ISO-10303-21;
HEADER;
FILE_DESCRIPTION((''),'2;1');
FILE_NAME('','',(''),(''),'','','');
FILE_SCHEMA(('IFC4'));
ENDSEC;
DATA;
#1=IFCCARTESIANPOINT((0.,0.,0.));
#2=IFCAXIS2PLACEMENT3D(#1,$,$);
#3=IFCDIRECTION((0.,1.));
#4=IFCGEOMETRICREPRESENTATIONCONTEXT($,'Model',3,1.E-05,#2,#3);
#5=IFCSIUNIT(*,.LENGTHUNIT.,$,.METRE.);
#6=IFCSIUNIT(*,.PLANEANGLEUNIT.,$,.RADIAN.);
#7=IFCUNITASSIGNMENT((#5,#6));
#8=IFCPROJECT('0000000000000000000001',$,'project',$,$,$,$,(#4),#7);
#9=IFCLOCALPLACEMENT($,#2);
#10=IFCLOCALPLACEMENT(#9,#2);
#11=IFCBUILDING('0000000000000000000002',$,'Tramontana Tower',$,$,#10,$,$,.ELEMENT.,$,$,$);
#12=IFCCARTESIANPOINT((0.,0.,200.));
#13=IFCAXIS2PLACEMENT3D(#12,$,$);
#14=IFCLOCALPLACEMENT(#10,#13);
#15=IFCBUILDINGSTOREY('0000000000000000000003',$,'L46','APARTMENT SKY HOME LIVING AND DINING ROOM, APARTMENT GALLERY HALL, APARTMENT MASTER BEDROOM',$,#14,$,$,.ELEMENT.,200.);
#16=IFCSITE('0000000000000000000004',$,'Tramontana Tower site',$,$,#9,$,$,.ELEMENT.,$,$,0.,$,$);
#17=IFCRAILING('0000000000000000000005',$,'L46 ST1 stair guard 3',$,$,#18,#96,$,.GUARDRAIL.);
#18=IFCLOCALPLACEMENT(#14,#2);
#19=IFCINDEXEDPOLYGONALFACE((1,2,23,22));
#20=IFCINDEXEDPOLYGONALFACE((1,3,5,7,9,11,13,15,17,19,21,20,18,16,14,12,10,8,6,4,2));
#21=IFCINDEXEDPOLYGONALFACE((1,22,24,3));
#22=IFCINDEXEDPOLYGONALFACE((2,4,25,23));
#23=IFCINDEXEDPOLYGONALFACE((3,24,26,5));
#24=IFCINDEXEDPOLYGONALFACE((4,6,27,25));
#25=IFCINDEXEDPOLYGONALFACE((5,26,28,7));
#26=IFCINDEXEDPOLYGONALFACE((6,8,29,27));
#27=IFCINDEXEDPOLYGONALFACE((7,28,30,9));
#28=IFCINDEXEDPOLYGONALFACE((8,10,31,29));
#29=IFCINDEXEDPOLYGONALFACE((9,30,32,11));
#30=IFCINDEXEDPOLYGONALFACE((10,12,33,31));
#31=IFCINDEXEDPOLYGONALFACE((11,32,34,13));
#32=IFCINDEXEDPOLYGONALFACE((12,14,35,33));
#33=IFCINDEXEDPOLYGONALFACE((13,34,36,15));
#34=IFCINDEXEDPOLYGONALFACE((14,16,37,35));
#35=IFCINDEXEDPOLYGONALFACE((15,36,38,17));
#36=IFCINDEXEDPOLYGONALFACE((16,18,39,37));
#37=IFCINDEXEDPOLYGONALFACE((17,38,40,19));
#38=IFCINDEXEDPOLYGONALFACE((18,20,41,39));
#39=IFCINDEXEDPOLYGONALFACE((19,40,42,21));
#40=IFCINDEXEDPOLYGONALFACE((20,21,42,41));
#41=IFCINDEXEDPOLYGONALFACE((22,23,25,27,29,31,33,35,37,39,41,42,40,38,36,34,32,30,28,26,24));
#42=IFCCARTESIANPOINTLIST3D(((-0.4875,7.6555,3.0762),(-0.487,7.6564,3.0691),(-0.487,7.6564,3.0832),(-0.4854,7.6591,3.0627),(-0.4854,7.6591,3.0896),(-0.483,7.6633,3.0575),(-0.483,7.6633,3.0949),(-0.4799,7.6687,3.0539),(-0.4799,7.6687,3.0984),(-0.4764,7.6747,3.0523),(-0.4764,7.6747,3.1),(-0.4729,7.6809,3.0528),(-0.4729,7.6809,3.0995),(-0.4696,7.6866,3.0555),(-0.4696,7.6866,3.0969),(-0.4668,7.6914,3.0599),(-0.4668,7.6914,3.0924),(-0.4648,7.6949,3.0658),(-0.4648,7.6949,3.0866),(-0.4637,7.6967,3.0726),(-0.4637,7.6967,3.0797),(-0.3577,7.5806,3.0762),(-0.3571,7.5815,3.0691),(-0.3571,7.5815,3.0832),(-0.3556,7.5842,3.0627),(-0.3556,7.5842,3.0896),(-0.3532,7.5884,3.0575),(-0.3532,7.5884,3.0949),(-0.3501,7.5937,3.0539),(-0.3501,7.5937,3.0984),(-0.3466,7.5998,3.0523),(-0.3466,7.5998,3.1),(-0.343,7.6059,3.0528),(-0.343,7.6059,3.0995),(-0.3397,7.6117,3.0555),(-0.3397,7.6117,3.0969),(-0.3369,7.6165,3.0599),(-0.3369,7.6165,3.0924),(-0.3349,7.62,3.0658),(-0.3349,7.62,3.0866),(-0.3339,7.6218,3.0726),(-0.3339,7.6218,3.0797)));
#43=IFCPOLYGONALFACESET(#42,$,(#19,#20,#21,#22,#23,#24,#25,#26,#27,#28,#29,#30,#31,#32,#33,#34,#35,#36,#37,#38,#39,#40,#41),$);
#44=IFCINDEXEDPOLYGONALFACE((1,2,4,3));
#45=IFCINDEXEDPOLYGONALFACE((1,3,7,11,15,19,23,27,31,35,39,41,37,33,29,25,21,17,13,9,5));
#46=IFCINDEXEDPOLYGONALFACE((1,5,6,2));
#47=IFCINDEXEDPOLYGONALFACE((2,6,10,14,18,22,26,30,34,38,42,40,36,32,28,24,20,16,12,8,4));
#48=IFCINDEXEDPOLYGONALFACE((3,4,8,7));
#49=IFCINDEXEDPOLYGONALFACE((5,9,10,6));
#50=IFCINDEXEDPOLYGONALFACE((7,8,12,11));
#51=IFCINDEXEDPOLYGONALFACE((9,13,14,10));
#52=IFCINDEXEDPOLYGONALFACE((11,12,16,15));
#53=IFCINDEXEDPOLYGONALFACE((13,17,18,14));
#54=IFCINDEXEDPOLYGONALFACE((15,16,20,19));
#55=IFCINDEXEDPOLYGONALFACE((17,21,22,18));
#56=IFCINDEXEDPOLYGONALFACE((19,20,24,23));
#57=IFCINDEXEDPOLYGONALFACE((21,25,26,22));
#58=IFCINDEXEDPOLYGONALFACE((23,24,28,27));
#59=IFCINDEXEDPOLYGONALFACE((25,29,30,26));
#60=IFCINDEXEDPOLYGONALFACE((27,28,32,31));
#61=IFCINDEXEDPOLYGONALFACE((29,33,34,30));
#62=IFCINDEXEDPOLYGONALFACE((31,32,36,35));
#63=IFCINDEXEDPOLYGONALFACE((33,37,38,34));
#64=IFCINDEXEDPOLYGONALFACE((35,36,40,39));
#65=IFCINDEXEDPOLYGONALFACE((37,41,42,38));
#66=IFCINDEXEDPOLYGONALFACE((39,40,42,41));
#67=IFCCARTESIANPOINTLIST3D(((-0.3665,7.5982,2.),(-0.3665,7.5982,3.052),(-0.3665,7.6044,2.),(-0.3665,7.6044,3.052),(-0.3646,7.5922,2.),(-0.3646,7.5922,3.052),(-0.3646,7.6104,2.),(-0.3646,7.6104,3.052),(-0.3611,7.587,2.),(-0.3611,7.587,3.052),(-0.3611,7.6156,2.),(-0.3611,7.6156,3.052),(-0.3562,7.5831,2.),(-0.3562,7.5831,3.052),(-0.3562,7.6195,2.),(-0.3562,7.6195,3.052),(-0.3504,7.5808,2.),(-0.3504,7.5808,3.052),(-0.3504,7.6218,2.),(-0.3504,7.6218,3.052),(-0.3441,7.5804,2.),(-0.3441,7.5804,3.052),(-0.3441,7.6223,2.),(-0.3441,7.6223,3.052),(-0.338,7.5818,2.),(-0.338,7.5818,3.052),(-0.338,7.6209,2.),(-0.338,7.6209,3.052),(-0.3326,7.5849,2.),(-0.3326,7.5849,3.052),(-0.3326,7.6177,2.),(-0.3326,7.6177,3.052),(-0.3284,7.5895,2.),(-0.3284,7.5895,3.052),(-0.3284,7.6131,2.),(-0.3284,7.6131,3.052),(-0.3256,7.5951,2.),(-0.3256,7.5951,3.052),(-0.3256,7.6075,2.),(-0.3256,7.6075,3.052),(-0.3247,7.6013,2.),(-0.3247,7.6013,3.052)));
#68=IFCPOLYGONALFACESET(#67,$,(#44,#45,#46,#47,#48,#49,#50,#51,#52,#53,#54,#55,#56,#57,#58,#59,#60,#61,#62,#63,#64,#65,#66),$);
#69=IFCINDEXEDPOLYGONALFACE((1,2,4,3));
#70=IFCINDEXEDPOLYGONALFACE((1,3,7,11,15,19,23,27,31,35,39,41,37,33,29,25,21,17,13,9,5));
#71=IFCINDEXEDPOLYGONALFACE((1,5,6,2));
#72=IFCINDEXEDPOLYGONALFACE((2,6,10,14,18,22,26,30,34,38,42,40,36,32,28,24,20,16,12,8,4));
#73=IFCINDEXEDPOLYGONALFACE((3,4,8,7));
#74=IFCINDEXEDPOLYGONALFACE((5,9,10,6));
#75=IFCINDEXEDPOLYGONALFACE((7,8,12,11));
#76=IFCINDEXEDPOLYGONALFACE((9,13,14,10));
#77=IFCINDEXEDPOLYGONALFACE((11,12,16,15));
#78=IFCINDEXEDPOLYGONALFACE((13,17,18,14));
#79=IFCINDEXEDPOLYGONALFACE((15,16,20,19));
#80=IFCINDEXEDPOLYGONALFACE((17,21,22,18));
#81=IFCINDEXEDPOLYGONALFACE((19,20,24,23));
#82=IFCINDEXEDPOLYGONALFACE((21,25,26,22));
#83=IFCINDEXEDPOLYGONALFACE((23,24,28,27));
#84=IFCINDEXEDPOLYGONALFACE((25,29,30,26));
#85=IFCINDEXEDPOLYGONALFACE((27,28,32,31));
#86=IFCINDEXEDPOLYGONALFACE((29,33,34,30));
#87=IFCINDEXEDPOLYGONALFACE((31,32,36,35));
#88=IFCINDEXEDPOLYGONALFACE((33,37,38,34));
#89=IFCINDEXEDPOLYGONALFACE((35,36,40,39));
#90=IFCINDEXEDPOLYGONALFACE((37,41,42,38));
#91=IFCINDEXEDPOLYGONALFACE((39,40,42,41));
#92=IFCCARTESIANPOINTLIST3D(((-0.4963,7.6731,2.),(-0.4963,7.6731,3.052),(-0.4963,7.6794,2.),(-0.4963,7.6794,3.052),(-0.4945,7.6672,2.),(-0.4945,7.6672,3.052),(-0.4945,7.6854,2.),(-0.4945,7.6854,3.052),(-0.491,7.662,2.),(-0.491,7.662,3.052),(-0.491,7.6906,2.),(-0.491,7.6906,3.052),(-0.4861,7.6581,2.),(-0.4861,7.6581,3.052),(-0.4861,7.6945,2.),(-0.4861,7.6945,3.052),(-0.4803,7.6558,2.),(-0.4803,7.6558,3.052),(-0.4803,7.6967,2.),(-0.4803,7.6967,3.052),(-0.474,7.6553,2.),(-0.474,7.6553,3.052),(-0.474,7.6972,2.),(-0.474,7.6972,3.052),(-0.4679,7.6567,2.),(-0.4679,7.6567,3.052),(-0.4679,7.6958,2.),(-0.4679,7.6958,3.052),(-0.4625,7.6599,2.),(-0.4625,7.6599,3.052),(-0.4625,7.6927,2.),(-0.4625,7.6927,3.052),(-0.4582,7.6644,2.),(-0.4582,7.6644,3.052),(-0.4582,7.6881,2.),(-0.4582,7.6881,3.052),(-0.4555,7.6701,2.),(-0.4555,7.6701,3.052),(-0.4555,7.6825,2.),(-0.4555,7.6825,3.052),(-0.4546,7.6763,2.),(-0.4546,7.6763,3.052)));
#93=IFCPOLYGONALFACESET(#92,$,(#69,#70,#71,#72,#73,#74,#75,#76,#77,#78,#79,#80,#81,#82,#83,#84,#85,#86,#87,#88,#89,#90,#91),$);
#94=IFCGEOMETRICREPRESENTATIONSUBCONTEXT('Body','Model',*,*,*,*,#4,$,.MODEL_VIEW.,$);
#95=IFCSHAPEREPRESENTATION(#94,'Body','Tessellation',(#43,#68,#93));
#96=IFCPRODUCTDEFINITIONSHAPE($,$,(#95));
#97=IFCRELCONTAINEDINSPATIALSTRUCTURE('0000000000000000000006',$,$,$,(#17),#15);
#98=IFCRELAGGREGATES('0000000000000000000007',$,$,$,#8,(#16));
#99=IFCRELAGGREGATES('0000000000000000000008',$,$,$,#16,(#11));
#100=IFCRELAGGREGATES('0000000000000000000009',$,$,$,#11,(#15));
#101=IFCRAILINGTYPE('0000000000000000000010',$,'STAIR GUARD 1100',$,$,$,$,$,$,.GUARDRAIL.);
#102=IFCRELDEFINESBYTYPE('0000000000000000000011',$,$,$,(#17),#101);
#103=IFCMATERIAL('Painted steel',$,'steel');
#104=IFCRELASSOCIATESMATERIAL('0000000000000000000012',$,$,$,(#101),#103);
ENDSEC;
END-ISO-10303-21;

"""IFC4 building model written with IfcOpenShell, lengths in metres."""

from ifc_helpers import new_model, si_unit, direction, frame, origin, origin_2d, place, context, subcontext, project, spatial, circle, extrude, material, type_object, element, save


model = new_model("IFC4")

# Units and contexts
model_context = context("Model", 3, precision=1e-05, world=origin(), true_north=direction((0.0, 1.0)))
body_context = subcontext(model_context, "Body", "Model", "MODEL_VIEW")
ifc_project = project(units=[si_unit("LENGTHUNIT", "METRE"), si_unit("PLANEANGLEUNIT", "RADIAN")], contexts=[model_context])

# Site, building, storey
site_placement = place(None, origin())
site = spatial("IfcSite", under=ifc_project, at=site_placement, Name="Tramontana Tower site", CompositionType="ELEMENT", RefElevation=0.0)
building_placement = place(site_placement, origin())
building = spatial("IfcBuilding", under=site, at=building_placement, Name="Tramontana Tower", CompositionType="ELEMENT")
storey_placement = place(building_placement, frame((0.0, 0.0, 200.0)))
storey = spatial("IfcBuildingStorey", under=building, at=storey_placement, Name="L46", Description="APARTMENT SKY HOME LIVING AND DINING ROOM, APARTMENT GALLERY HALL, APARTMENT MASTER BEDROOM", CompositionType="ELEMENT", Elevation=200.0)

# Railing
ifc_material_1 = material(Name="Painted steel", Category="steel")
railing_type_1 = type_object("IfcRailingType", Name="STAIR GUARD 1100", PredefinedType="GUARDRAIL", material=ifc_material_1)
railing_1_placement = place(storey_placement, frame((-0.3457, 7.6013, 2.0)))
element("IfcRailing", 1, at=railing_1_placement, inside=storey, type_object=railing_type_1, Name="L46 ST1 stair guard 3", PredefinedType="GUARDRAIL", context=body_context, shape_type="SweptSolid", body=[
    extrude(circle(Radius=0.0239, at=origin_2d()), frame((0.0, 0.0, 1.0762), z_axis=(-0.866131, 0.499816, 0.0), x_axis=(-0.499816, -0.866131, 0.0)), (0.0, 0.0, 1.0), 0.1499),
    extrude(circle(Radius=0.021, at=origin_2d()), origin(), (0.0, 0.0, 1.0), 1.052),
    extrude(circle(Radius=0.021, at=origin_2d()), frame((-0.1299, 0.075, 0.0)), (0.0, 0.0, 1.0), 1.052),
])

save(model, "model.ifc")
